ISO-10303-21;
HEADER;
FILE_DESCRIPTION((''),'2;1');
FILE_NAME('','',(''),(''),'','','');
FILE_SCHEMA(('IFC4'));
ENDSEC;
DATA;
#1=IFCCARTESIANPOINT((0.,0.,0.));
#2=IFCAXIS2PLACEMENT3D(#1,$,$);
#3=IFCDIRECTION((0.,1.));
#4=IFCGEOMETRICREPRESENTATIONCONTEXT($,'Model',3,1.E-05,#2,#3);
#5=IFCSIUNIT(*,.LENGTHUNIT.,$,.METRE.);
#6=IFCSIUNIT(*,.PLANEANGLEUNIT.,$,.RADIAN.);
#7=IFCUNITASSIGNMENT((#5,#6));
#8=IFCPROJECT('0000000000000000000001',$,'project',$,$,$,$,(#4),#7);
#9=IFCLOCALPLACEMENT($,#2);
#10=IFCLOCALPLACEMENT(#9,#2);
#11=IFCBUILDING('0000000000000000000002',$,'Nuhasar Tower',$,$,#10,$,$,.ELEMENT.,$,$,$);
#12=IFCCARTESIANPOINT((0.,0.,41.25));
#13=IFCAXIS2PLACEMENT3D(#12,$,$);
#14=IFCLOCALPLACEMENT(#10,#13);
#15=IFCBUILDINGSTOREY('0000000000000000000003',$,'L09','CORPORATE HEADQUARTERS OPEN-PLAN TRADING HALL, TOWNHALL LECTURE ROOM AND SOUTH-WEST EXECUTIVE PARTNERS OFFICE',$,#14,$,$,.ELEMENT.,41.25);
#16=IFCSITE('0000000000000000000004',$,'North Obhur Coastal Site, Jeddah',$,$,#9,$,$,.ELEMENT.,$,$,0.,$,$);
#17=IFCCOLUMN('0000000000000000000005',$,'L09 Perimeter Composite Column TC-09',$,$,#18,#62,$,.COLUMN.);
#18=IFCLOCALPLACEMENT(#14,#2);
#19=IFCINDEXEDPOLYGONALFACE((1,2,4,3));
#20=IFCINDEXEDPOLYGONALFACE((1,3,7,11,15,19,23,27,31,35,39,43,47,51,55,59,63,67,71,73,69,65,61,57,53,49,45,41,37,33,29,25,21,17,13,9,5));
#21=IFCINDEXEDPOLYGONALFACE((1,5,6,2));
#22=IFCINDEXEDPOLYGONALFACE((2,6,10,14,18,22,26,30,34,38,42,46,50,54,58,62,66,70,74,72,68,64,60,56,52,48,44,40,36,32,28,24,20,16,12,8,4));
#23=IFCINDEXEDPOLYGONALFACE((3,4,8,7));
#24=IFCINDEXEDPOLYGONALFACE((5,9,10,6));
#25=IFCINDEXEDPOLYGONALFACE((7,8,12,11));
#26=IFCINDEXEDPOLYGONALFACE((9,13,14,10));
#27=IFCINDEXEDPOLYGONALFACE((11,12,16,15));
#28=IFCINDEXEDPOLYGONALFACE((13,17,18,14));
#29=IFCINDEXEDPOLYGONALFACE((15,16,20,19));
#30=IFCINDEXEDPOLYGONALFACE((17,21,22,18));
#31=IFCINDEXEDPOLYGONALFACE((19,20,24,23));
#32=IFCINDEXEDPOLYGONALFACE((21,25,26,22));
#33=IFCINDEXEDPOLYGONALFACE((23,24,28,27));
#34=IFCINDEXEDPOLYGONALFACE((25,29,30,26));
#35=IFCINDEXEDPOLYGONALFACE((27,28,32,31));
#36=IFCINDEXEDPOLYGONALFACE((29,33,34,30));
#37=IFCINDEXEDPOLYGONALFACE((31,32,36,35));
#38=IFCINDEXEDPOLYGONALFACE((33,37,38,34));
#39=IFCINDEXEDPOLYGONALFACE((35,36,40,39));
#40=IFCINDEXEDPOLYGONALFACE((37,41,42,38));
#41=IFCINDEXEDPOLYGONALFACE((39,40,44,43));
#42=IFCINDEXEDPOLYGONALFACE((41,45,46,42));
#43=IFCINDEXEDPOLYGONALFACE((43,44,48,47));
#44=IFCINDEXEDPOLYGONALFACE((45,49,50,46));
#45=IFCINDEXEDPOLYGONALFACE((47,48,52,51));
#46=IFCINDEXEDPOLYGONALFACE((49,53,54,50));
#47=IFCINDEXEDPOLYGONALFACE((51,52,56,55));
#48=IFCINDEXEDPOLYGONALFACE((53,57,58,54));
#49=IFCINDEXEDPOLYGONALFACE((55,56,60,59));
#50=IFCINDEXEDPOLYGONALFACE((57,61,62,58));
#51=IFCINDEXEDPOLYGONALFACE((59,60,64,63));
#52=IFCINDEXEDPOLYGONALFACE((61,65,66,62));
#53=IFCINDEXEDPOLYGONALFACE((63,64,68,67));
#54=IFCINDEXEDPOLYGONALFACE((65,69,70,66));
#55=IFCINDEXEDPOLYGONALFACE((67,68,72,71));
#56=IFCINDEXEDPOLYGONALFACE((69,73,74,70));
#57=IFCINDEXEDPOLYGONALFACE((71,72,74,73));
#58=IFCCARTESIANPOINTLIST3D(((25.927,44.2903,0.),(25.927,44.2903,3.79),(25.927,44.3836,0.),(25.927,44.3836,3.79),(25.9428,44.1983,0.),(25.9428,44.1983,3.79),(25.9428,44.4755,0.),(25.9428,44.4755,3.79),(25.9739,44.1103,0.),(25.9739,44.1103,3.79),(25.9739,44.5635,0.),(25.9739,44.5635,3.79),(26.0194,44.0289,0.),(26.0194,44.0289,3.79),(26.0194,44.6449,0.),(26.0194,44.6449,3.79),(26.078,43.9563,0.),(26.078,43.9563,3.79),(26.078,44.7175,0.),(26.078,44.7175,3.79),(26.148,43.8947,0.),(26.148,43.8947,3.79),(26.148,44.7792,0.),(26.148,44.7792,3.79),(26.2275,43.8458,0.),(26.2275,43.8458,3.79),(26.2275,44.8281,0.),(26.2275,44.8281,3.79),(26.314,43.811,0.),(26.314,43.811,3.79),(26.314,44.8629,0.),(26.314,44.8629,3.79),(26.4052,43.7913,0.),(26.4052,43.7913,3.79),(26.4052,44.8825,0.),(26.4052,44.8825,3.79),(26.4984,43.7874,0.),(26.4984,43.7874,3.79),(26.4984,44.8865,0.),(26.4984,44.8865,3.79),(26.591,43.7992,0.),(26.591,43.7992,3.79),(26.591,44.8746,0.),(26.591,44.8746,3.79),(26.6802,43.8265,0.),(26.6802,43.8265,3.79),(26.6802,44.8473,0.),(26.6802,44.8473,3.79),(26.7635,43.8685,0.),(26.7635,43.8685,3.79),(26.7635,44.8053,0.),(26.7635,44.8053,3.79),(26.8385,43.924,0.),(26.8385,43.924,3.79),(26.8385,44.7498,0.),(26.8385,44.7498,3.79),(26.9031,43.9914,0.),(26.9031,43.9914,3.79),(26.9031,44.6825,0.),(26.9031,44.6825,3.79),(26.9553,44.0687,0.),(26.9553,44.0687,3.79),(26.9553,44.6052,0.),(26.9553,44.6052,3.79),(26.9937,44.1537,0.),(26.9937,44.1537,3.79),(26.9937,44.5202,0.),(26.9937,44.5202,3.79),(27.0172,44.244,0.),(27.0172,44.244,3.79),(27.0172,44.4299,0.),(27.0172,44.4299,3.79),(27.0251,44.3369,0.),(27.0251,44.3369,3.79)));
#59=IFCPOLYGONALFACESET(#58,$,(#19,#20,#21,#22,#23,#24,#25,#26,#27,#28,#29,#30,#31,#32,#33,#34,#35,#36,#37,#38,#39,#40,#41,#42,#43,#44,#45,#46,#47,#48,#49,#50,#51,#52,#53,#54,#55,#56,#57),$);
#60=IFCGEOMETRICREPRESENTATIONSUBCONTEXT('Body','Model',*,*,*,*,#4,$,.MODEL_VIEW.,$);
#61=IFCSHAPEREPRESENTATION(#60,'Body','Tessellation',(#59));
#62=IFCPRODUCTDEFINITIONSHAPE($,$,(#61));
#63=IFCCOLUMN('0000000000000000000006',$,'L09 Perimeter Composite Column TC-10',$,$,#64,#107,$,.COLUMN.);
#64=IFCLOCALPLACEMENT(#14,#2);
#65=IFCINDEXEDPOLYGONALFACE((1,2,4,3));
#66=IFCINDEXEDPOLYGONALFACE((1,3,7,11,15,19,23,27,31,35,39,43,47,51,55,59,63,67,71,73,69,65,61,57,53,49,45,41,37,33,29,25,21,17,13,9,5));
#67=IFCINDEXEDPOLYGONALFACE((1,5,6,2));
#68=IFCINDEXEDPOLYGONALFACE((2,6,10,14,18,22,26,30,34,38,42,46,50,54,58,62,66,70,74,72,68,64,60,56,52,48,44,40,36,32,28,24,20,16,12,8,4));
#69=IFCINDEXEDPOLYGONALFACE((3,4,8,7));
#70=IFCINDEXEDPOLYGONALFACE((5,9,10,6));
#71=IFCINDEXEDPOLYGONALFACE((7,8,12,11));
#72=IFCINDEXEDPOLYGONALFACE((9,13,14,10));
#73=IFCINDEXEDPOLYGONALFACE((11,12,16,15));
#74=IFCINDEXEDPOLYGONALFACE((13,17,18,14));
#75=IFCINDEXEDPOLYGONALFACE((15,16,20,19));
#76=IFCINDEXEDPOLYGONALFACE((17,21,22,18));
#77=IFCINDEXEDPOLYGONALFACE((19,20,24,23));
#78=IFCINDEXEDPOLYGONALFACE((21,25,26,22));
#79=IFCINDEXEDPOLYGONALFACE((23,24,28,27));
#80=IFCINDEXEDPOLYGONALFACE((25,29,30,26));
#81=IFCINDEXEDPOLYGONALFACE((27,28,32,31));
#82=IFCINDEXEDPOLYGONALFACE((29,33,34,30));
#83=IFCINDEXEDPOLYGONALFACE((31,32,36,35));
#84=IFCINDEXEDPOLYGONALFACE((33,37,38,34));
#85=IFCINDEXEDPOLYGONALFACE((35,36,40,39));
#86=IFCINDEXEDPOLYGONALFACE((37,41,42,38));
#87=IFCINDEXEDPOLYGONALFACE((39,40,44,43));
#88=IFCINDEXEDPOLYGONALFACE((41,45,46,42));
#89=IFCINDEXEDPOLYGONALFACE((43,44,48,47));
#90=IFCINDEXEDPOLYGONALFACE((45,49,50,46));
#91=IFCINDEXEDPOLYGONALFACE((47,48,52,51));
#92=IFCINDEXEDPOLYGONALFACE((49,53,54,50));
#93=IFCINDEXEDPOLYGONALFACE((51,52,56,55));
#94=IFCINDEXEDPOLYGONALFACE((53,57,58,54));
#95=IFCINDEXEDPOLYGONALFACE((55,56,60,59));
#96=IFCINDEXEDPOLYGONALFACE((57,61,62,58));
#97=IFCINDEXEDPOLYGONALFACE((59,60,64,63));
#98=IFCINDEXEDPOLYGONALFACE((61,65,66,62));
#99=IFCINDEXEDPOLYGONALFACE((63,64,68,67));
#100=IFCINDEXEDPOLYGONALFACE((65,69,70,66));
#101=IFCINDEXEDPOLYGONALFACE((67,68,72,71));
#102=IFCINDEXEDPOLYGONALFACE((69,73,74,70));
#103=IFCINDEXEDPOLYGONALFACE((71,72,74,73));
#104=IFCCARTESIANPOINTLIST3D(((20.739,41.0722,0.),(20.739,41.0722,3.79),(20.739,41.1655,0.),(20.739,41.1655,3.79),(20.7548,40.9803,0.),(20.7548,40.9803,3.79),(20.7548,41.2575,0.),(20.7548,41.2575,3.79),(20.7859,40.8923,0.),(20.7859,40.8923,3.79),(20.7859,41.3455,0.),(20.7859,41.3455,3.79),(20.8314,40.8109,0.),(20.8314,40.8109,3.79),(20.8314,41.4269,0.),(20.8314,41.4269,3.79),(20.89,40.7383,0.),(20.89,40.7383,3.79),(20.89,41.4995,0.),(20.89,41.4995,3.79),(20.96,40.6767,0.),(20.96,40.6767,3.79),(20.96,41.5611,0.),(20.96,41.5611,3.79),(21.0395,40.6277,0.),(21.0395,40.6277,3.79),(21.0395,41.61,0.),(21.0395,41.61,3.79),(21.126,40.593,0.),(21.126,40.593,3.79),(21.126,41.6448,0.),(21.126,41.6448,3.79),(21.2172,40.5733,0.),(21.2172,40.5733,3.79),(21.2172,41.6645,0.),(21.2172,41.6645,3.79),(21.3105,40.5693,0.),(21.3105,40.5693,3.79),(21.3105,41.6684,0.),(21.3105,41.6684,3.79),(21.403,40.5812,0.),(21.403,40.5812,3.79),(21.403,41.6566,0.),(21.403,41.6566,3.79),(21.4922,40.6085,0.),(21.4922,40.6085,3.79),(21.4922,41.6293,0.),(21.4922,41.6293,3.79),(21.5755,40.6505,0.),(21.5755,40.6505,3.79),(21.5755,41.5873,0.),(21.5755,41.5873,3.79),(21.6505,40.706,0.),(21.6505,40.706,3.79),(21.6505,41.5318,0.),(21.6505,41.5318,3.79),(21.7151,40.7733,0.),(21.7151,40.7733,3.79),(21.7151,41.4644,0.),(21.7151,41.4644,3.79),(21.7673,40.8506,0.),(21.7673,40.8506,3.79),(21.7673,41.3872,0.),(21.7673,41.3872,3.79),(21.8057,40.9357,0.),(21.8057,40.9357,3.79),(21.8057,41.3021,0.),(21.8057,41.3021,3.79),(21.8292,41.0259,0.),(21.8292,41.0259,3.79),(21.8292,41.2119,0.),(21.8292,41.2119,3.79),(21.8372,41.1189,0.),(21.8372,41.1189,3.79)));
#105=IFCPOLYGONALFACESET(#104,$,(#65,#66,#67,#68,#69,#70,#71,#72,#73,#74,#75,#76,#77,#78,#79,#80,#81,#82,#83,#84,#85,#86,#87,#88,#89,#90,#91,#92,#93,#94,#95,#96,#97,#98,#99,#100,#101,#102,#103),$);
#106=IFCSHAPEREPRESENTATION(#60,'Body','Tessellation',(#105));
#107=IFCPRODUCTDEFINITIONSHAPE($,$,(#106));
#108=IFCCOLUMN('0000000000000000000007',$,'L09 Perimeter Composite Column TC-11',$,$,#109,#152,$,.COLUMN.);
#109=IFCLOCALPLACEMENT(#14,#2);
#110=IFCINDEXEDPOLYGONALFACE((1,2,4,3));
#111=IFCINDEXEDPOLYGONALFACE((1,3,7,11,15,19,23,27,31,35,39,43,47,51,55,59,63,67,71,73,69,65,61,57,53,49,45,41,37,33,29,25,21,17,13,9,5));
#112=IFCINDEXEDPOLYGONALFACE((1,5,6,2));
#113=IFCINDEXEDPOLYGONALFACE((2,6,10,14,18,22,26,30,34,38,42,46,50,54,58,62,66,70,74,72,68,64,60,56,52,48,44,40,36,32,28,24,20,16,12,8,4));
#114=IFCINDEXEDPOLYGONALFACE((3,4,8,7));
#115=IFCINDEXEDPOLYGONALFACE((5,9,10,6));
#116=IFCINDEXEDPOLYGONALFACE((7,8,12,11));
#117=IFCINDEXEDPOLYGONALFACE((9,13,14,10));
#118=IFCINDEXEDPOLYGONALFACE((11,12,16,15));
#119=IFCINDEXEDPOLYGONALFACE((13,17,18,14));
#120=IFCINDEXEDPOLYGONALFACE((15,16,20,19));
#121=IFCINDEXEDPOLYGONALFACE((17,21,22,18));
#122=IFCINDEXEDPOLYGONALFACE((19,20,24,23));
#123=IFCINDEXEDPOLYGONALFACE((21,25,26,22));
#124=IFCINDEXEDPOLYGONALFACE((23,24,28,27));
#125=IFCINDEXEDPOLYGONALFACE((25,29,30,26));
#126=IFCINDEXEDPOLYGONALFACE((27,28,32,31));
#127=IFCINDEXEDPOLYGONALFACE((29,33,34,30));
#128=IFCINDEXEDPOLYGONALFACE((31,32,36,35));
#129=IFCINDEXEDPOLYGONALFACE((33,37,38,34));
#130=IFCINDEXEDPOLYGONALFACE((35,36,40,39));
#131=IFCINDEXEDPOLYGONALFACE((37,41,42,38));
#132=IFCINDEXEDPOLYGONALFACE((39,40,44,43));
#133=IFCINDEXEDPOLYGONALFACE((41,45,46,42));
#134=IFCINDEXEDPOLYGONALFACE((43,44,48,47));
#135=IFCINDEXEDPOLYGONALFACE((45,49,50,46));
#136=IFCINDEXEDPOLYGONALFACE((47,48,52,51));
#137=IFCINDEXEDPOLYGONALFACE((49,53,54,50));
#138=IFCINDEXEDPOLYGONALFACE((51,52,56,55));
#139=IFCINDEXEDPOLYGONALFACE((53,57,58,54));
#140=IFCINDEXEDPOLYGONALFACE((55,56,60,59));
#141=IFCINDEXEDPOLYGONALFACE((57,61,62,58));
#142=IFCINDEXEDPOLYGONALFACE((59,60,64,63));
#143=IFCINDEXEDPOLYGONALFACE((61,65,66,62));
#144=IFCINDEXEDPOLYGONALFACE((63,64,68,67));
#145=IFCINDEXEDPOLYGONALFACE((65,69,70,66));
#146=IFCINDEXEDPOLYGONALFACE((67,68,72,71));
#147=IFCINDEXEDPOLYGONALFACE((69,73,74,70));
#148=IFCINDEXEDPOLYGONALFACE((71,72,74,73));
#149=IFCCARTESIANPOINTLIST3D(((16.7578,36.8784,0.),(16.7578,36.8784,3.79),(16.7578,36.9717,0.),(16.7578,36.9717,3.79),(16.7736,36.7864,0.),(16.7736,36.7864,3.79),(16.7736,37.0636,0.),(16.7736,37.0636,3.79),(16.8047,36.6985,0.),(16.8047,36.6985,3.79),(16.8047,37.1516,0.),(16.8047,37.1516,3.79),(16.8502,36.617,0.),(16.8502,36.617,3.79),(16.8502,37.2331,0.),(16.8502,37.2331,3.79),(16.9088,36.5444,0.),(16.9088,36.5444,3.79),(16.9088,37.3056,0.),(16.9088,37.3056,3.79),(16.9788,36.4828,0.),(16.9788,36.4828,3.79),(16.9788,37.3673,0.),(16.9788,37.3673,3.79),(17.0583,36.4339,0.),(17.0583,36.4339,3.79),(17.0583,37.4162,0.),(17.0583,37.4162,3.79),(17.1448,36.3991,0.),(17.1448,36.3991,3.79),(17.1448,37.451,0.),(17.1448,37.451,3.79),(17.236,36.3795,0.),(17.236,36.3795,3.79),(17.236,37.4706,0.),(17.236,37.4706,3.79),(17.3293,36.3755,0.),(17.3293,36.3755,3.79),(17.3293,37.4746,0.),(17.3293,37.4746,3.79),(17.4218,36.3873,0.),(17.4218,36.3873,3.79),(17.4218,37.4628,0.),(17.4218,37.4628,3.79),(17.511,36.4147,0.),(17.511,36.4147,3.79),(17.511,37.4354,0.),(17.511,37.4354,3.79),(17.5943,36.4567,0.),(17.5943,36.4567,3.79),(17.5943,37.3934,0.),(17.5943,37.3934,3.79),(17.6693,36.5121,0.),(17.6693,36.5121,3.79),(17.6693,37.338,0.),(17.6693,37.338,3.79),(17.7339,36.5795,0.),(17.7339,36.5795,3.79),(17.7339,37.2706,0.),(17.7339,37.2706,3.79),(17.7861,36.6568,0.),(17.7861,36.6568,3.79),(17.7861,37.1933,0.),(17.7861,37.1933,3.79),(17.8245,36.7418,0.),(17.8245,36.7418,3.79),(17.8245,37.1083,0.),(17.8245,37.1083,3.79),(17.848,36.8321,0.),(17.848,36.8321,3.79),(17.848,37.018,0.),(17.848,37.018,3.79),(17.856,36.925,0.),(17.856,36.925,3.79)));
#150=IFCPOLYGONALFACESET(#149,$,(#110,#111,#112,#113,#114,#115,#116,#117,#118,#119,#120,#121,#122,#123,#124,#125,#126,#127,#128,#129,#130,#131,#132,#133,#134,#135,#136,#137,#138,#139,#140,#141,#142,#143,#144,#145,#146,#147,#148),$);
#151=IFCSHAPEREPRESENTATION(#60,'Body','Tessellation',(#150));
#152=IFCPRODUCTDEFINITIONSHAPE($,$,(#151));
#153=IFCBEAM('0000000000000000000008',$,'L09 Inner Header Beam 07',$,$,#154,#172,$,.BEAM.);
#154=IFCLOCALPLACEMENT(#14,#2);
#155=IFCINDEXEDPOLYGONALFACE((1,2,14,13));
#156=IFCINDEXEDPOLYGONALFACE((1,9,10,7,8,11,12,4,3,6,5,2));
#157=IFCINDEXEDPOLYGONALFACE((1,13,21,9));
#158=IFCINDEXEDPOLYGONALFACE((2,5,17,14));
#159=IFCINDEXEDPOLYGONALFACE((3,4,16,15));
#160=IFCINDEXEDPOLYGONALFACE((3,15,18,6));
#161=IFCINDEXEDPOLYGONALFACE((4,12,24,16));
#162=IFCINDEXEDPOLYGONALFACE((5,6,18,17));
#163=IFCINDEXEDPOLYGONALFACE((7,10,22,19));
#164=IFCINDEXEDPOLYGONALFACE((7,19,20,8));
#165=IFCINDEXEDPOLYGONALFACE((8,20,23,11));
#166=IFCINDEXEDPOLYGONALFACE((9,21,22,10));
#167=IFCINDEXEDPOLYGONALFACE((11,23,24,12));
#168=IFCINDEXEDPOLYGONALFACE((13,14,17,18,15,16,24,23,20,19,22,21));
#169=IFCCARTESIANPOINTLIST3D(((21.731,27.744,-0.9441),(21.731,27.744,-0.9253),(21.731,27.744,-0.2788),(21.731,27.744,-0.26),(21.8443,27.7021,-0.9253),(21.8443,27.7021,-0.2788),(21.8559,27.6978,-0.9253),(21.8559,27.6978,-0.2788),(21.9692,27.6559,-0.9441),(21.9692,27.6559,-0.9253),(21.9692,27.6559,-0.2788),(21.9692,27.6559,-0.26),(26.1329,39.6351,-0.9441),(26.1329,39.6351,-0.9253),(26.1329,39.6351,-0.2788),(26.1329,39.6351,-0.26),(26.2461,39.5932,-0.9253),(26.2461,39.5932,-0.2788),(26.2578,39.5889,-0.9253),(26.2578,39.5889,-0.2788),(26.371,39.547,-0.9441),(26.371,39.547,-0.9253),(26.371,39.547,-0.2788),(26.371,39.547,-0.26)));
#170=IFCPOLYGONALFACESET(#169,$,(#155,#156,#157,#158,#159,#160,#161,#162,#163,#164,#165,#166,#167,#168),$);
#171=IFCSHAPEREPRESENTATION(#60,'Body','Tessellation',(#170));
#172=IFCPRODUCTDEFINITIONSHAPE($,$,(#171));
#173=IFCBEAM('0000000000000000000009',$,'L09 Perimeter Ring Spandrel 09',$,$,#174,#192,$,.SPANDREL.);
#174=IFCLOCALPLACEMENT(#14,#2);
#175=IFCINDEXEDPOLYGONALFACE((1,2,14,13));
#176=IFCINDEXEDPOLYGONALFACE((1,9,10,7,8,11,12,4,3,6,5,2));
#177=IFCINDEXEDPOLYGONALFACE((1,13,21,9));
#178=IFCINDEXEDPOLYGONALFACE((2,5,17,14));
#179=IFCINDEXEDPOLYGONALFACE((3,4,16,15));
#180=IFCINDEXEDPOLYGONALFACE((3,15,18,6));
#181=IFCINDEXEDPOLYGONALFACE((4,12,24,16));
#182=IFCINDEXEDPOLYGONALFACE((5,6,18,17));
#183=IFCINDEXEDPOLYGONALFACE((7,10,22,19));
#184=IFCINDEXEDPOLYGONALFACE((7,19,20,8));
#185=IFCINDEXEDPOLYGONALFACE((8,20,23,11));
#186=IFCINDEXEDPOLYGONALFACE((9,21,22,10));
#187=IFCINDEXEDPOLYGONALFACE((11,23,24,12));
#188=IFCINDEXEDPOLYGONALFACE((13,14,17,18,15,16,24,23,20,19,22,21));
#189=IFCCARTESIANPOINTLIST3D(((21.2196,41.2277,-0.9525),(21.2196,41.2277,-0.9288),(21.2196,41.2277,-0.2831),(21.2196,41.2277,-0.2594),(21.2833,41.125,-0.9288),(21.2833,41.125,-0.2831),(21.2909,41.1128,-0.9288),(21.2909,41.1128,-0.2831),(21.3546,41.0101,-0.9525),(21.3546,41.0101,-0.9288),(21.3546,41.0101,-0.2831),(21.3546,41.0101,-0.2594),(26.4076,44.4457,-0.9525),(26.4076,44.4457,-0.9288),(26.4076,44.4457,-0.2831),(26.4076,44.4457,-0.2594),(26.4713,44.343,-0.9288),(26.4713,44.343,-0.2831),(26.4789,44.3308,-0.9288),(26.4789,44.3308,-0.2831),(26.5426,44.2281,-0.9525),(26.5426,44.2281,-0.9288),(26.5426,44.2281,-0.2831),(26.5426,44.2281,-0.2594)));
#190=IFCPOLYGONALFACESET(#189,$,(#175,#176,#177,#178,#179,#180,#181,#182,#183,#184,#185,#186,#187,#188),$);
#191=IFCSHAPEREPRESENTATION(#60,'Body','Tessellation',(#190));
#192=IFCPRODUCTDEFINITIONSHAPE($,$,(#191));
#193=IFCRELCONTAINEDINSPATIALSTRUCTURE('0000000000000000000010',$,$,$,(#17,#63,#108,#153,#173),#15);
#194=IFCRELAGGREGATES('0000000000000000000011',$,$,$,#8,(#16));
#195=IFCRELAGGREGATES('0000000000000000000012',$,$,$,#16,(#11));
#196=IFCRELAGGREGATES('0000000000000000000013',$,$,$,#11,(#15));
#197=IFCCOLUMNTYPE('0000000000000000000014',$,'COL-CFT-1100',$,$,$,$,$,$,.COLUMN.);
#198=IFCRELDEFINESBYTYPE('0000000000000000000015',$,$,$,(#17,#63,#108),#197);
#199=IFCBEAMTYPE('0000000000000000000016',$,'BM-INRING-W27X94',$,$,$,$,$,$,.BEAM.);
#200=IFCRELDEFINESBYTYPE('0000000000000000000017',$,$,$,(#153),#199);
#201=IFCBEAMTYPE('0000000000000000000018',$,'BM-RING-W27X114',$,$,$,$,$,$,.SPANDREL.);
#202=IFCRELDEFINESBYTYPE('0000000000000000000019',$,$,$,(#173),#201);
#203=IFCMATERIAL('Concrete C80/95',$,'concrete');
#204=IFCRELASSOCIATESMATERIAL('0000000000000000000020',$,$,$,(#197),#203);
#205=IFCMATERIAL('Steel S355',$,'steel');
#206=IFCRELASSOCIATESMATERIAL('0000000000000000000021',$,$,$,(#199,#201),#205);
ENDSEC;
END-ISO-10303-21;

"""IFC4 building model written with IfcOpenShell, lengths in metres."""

from ifc_helpers import new_model, si_unit, direction, frame, origin, origin_2d, place, context, subcontext, project, spatial, circle, i_section, extrude, material, material_profile, profile_set, type_object, element, save


model = new_model("IFC4")

# Units and contexts
model_context = context("Model", 3, precision=1e-05, world=origin(), true_north=direction((0.0, 1.0)))
body_context = subcontext(model_context, "Body", "Model", "MODEL_VIEW")
ifc_project = project(units=[si_unit("LENGTHUNIT", "METRE"), si_unit("PLANEANGLEUNIT", "RADIAN")], contexts=[model_context])

# Site, building, storey
site_placement = place(None, origin())
site = spatial("IfcSite", under=ifc_project, at=site_placement, Name="North Obhur Coastal Site, Jeddah", CompositionType="ELEMENT", RefElevation=0.0)
building_placement = place(site_placement, origin())
building = spatial("IfcBuilding", under=site, at=building_placement, Name="Nuhasar Tower", CompositionType="ELEMENT")
storey_placement = place(building_placement, frame((0.0, 0.0, 41.25)))
storey = spatial("IfcBuildingStorey", under=building, at=storey_placement, Name="L09", Description="CORPORATE HEADQUARTERS OPEN-PLAN TRADING HALL, TOWNHALL LECTURE ROOM AND SOUTH-WEST EXECUTIVE PARTNERS OFFICE", CompositionType="ELEMENT", Elevation=41.25)

# Columns
ifc_material_1 = material(Name="Concrete C80/95", Category="concrete")
ifc_material_profile_1 = material_profile(ifc_material_1, circle(Radius=0.55, at=origin_2d()), Name="CFT1100")
ifc_profile_set_1 = profile_set([ifc_material_profile_1], Name="Concrete C80/95")
column_type = type_object("IfcColumnType", Name="COL-CFT-1100", PredefinedType="COLUMN", material=ifc_profile_set_1)
for number, where, z_axis, x_axis, name in (
    (1, (26.4751, 44.3369, 0.0), (0.0, 0.0, 1.0), (1.0, 0.0, 0.0), "L09 Perimeter Composite Column TC-09"),
    (2, (21.2871, 41.1189, 0.0), (0.0, 0.0, 1.0), (1.0, 0.0, 0.0), "L09 Perimeter Composite Column TC-10"),
    (3, (17.3059, 36.925, 0.0), (0.0, 0.0, 1.0), (1.0, 0.0, 0.0), "L09 Perimeter Composite Column TC-11"),
):
    element("IfcColumn", number, at=place(storey_placement, frame(where, z_axis=z_axis, x_axis=x_axis)), inside=storey, type_object=column_type, Name=name, PredefinedType="COLUMN", context=body_context, shape_type="SweptSolid", body=[
        extrude(circle(Radius=0.55, at=origin_2d()), origin(), (0.0, 0.0, 1.0), 3.79),
    ])

# Beams
ifc_material_2 = material(Name="Steel S355", Category="steel")
ifc_material_profile_2 = material_profile(ifc_material_2, i_section(OverallWidth=0.2539, OverallDepth=0.6841, WebThickness=0.0125, FlangeThickness=0.0188, at=origin_2d()), Name="W27X94")
ifc_profile_set_2 = profile_set([ifc_material_profile_2], Name="Steel S355")
beam_type_1 = type_object("IfcBeamType", Name="BM-INRING-W27X94", PredefinedType="BEAM", material=ifc_profile_set_2)
beam_1_placement = place(storey_placement, frame((26.252, 39.5911, -0.6021), z_axis=(-0.347158, -0.937807, 0.0), x_axis=(0.937807, -0.347158, 0.0)))
element("IfcBeam", 4, at=beam_1_placement, inside=storey, type_object=beam_type_1, Name="L09 Inner Header Beam 07", PredefinedType="BEAM", context=body_context, shape_type="SweptSolid", body=[
    extrude(i_section(OverallWidth=0.2539, OverallDepth=0.6841, WebThickness=0.0125, FlangeThickness=0.0188, at=origin_2d()), origin(), (0.0, 0.0, 1.0), 12.6797),
])
ifc_material_profile_3 = material_profile(ifc_material_2, i_section(OverallWidth=0.2561, OverallDepth=0.6931, WebThickness=0.0144, FlangeThickness=0.0237, at=origin_2d()), Name="W27X114")
ifc_profile_set_3 = profile_set([ifc_material_profile_3], Name="Steel S355")
beam_type_2 = type_object("IfcBeamType", Name="BM-RING-W27X114", PredefinedType="SPANDREL", material=ifc_profile_set_3)
beam_2_placement = place(storey_placement, frame((26.4751, 44.3369, -0.606), z_axis=(-0.849795, -0.527113, 0.0), x_axis=(0.527113, -0.849795, 0.0)))
element("IfcBeam", 5, at=beam_2_placement, inside=storey, type_object=beam_type_2, Name="L09 Perimeter Ring Spandrel 09", PredefinedType="SPANDREL", context=body_context, shape_type="SweptSolid", body=[
    extrude(i_section(OverallWidth=0.2561, OverallDepth=0.6931, WebThickness=0.0144, FlangeThickness=0.0237, at=origin_2d()), origin(), (0.0, 0.0, 1.0), 6.105),
])

save(model, "model.ifc")
